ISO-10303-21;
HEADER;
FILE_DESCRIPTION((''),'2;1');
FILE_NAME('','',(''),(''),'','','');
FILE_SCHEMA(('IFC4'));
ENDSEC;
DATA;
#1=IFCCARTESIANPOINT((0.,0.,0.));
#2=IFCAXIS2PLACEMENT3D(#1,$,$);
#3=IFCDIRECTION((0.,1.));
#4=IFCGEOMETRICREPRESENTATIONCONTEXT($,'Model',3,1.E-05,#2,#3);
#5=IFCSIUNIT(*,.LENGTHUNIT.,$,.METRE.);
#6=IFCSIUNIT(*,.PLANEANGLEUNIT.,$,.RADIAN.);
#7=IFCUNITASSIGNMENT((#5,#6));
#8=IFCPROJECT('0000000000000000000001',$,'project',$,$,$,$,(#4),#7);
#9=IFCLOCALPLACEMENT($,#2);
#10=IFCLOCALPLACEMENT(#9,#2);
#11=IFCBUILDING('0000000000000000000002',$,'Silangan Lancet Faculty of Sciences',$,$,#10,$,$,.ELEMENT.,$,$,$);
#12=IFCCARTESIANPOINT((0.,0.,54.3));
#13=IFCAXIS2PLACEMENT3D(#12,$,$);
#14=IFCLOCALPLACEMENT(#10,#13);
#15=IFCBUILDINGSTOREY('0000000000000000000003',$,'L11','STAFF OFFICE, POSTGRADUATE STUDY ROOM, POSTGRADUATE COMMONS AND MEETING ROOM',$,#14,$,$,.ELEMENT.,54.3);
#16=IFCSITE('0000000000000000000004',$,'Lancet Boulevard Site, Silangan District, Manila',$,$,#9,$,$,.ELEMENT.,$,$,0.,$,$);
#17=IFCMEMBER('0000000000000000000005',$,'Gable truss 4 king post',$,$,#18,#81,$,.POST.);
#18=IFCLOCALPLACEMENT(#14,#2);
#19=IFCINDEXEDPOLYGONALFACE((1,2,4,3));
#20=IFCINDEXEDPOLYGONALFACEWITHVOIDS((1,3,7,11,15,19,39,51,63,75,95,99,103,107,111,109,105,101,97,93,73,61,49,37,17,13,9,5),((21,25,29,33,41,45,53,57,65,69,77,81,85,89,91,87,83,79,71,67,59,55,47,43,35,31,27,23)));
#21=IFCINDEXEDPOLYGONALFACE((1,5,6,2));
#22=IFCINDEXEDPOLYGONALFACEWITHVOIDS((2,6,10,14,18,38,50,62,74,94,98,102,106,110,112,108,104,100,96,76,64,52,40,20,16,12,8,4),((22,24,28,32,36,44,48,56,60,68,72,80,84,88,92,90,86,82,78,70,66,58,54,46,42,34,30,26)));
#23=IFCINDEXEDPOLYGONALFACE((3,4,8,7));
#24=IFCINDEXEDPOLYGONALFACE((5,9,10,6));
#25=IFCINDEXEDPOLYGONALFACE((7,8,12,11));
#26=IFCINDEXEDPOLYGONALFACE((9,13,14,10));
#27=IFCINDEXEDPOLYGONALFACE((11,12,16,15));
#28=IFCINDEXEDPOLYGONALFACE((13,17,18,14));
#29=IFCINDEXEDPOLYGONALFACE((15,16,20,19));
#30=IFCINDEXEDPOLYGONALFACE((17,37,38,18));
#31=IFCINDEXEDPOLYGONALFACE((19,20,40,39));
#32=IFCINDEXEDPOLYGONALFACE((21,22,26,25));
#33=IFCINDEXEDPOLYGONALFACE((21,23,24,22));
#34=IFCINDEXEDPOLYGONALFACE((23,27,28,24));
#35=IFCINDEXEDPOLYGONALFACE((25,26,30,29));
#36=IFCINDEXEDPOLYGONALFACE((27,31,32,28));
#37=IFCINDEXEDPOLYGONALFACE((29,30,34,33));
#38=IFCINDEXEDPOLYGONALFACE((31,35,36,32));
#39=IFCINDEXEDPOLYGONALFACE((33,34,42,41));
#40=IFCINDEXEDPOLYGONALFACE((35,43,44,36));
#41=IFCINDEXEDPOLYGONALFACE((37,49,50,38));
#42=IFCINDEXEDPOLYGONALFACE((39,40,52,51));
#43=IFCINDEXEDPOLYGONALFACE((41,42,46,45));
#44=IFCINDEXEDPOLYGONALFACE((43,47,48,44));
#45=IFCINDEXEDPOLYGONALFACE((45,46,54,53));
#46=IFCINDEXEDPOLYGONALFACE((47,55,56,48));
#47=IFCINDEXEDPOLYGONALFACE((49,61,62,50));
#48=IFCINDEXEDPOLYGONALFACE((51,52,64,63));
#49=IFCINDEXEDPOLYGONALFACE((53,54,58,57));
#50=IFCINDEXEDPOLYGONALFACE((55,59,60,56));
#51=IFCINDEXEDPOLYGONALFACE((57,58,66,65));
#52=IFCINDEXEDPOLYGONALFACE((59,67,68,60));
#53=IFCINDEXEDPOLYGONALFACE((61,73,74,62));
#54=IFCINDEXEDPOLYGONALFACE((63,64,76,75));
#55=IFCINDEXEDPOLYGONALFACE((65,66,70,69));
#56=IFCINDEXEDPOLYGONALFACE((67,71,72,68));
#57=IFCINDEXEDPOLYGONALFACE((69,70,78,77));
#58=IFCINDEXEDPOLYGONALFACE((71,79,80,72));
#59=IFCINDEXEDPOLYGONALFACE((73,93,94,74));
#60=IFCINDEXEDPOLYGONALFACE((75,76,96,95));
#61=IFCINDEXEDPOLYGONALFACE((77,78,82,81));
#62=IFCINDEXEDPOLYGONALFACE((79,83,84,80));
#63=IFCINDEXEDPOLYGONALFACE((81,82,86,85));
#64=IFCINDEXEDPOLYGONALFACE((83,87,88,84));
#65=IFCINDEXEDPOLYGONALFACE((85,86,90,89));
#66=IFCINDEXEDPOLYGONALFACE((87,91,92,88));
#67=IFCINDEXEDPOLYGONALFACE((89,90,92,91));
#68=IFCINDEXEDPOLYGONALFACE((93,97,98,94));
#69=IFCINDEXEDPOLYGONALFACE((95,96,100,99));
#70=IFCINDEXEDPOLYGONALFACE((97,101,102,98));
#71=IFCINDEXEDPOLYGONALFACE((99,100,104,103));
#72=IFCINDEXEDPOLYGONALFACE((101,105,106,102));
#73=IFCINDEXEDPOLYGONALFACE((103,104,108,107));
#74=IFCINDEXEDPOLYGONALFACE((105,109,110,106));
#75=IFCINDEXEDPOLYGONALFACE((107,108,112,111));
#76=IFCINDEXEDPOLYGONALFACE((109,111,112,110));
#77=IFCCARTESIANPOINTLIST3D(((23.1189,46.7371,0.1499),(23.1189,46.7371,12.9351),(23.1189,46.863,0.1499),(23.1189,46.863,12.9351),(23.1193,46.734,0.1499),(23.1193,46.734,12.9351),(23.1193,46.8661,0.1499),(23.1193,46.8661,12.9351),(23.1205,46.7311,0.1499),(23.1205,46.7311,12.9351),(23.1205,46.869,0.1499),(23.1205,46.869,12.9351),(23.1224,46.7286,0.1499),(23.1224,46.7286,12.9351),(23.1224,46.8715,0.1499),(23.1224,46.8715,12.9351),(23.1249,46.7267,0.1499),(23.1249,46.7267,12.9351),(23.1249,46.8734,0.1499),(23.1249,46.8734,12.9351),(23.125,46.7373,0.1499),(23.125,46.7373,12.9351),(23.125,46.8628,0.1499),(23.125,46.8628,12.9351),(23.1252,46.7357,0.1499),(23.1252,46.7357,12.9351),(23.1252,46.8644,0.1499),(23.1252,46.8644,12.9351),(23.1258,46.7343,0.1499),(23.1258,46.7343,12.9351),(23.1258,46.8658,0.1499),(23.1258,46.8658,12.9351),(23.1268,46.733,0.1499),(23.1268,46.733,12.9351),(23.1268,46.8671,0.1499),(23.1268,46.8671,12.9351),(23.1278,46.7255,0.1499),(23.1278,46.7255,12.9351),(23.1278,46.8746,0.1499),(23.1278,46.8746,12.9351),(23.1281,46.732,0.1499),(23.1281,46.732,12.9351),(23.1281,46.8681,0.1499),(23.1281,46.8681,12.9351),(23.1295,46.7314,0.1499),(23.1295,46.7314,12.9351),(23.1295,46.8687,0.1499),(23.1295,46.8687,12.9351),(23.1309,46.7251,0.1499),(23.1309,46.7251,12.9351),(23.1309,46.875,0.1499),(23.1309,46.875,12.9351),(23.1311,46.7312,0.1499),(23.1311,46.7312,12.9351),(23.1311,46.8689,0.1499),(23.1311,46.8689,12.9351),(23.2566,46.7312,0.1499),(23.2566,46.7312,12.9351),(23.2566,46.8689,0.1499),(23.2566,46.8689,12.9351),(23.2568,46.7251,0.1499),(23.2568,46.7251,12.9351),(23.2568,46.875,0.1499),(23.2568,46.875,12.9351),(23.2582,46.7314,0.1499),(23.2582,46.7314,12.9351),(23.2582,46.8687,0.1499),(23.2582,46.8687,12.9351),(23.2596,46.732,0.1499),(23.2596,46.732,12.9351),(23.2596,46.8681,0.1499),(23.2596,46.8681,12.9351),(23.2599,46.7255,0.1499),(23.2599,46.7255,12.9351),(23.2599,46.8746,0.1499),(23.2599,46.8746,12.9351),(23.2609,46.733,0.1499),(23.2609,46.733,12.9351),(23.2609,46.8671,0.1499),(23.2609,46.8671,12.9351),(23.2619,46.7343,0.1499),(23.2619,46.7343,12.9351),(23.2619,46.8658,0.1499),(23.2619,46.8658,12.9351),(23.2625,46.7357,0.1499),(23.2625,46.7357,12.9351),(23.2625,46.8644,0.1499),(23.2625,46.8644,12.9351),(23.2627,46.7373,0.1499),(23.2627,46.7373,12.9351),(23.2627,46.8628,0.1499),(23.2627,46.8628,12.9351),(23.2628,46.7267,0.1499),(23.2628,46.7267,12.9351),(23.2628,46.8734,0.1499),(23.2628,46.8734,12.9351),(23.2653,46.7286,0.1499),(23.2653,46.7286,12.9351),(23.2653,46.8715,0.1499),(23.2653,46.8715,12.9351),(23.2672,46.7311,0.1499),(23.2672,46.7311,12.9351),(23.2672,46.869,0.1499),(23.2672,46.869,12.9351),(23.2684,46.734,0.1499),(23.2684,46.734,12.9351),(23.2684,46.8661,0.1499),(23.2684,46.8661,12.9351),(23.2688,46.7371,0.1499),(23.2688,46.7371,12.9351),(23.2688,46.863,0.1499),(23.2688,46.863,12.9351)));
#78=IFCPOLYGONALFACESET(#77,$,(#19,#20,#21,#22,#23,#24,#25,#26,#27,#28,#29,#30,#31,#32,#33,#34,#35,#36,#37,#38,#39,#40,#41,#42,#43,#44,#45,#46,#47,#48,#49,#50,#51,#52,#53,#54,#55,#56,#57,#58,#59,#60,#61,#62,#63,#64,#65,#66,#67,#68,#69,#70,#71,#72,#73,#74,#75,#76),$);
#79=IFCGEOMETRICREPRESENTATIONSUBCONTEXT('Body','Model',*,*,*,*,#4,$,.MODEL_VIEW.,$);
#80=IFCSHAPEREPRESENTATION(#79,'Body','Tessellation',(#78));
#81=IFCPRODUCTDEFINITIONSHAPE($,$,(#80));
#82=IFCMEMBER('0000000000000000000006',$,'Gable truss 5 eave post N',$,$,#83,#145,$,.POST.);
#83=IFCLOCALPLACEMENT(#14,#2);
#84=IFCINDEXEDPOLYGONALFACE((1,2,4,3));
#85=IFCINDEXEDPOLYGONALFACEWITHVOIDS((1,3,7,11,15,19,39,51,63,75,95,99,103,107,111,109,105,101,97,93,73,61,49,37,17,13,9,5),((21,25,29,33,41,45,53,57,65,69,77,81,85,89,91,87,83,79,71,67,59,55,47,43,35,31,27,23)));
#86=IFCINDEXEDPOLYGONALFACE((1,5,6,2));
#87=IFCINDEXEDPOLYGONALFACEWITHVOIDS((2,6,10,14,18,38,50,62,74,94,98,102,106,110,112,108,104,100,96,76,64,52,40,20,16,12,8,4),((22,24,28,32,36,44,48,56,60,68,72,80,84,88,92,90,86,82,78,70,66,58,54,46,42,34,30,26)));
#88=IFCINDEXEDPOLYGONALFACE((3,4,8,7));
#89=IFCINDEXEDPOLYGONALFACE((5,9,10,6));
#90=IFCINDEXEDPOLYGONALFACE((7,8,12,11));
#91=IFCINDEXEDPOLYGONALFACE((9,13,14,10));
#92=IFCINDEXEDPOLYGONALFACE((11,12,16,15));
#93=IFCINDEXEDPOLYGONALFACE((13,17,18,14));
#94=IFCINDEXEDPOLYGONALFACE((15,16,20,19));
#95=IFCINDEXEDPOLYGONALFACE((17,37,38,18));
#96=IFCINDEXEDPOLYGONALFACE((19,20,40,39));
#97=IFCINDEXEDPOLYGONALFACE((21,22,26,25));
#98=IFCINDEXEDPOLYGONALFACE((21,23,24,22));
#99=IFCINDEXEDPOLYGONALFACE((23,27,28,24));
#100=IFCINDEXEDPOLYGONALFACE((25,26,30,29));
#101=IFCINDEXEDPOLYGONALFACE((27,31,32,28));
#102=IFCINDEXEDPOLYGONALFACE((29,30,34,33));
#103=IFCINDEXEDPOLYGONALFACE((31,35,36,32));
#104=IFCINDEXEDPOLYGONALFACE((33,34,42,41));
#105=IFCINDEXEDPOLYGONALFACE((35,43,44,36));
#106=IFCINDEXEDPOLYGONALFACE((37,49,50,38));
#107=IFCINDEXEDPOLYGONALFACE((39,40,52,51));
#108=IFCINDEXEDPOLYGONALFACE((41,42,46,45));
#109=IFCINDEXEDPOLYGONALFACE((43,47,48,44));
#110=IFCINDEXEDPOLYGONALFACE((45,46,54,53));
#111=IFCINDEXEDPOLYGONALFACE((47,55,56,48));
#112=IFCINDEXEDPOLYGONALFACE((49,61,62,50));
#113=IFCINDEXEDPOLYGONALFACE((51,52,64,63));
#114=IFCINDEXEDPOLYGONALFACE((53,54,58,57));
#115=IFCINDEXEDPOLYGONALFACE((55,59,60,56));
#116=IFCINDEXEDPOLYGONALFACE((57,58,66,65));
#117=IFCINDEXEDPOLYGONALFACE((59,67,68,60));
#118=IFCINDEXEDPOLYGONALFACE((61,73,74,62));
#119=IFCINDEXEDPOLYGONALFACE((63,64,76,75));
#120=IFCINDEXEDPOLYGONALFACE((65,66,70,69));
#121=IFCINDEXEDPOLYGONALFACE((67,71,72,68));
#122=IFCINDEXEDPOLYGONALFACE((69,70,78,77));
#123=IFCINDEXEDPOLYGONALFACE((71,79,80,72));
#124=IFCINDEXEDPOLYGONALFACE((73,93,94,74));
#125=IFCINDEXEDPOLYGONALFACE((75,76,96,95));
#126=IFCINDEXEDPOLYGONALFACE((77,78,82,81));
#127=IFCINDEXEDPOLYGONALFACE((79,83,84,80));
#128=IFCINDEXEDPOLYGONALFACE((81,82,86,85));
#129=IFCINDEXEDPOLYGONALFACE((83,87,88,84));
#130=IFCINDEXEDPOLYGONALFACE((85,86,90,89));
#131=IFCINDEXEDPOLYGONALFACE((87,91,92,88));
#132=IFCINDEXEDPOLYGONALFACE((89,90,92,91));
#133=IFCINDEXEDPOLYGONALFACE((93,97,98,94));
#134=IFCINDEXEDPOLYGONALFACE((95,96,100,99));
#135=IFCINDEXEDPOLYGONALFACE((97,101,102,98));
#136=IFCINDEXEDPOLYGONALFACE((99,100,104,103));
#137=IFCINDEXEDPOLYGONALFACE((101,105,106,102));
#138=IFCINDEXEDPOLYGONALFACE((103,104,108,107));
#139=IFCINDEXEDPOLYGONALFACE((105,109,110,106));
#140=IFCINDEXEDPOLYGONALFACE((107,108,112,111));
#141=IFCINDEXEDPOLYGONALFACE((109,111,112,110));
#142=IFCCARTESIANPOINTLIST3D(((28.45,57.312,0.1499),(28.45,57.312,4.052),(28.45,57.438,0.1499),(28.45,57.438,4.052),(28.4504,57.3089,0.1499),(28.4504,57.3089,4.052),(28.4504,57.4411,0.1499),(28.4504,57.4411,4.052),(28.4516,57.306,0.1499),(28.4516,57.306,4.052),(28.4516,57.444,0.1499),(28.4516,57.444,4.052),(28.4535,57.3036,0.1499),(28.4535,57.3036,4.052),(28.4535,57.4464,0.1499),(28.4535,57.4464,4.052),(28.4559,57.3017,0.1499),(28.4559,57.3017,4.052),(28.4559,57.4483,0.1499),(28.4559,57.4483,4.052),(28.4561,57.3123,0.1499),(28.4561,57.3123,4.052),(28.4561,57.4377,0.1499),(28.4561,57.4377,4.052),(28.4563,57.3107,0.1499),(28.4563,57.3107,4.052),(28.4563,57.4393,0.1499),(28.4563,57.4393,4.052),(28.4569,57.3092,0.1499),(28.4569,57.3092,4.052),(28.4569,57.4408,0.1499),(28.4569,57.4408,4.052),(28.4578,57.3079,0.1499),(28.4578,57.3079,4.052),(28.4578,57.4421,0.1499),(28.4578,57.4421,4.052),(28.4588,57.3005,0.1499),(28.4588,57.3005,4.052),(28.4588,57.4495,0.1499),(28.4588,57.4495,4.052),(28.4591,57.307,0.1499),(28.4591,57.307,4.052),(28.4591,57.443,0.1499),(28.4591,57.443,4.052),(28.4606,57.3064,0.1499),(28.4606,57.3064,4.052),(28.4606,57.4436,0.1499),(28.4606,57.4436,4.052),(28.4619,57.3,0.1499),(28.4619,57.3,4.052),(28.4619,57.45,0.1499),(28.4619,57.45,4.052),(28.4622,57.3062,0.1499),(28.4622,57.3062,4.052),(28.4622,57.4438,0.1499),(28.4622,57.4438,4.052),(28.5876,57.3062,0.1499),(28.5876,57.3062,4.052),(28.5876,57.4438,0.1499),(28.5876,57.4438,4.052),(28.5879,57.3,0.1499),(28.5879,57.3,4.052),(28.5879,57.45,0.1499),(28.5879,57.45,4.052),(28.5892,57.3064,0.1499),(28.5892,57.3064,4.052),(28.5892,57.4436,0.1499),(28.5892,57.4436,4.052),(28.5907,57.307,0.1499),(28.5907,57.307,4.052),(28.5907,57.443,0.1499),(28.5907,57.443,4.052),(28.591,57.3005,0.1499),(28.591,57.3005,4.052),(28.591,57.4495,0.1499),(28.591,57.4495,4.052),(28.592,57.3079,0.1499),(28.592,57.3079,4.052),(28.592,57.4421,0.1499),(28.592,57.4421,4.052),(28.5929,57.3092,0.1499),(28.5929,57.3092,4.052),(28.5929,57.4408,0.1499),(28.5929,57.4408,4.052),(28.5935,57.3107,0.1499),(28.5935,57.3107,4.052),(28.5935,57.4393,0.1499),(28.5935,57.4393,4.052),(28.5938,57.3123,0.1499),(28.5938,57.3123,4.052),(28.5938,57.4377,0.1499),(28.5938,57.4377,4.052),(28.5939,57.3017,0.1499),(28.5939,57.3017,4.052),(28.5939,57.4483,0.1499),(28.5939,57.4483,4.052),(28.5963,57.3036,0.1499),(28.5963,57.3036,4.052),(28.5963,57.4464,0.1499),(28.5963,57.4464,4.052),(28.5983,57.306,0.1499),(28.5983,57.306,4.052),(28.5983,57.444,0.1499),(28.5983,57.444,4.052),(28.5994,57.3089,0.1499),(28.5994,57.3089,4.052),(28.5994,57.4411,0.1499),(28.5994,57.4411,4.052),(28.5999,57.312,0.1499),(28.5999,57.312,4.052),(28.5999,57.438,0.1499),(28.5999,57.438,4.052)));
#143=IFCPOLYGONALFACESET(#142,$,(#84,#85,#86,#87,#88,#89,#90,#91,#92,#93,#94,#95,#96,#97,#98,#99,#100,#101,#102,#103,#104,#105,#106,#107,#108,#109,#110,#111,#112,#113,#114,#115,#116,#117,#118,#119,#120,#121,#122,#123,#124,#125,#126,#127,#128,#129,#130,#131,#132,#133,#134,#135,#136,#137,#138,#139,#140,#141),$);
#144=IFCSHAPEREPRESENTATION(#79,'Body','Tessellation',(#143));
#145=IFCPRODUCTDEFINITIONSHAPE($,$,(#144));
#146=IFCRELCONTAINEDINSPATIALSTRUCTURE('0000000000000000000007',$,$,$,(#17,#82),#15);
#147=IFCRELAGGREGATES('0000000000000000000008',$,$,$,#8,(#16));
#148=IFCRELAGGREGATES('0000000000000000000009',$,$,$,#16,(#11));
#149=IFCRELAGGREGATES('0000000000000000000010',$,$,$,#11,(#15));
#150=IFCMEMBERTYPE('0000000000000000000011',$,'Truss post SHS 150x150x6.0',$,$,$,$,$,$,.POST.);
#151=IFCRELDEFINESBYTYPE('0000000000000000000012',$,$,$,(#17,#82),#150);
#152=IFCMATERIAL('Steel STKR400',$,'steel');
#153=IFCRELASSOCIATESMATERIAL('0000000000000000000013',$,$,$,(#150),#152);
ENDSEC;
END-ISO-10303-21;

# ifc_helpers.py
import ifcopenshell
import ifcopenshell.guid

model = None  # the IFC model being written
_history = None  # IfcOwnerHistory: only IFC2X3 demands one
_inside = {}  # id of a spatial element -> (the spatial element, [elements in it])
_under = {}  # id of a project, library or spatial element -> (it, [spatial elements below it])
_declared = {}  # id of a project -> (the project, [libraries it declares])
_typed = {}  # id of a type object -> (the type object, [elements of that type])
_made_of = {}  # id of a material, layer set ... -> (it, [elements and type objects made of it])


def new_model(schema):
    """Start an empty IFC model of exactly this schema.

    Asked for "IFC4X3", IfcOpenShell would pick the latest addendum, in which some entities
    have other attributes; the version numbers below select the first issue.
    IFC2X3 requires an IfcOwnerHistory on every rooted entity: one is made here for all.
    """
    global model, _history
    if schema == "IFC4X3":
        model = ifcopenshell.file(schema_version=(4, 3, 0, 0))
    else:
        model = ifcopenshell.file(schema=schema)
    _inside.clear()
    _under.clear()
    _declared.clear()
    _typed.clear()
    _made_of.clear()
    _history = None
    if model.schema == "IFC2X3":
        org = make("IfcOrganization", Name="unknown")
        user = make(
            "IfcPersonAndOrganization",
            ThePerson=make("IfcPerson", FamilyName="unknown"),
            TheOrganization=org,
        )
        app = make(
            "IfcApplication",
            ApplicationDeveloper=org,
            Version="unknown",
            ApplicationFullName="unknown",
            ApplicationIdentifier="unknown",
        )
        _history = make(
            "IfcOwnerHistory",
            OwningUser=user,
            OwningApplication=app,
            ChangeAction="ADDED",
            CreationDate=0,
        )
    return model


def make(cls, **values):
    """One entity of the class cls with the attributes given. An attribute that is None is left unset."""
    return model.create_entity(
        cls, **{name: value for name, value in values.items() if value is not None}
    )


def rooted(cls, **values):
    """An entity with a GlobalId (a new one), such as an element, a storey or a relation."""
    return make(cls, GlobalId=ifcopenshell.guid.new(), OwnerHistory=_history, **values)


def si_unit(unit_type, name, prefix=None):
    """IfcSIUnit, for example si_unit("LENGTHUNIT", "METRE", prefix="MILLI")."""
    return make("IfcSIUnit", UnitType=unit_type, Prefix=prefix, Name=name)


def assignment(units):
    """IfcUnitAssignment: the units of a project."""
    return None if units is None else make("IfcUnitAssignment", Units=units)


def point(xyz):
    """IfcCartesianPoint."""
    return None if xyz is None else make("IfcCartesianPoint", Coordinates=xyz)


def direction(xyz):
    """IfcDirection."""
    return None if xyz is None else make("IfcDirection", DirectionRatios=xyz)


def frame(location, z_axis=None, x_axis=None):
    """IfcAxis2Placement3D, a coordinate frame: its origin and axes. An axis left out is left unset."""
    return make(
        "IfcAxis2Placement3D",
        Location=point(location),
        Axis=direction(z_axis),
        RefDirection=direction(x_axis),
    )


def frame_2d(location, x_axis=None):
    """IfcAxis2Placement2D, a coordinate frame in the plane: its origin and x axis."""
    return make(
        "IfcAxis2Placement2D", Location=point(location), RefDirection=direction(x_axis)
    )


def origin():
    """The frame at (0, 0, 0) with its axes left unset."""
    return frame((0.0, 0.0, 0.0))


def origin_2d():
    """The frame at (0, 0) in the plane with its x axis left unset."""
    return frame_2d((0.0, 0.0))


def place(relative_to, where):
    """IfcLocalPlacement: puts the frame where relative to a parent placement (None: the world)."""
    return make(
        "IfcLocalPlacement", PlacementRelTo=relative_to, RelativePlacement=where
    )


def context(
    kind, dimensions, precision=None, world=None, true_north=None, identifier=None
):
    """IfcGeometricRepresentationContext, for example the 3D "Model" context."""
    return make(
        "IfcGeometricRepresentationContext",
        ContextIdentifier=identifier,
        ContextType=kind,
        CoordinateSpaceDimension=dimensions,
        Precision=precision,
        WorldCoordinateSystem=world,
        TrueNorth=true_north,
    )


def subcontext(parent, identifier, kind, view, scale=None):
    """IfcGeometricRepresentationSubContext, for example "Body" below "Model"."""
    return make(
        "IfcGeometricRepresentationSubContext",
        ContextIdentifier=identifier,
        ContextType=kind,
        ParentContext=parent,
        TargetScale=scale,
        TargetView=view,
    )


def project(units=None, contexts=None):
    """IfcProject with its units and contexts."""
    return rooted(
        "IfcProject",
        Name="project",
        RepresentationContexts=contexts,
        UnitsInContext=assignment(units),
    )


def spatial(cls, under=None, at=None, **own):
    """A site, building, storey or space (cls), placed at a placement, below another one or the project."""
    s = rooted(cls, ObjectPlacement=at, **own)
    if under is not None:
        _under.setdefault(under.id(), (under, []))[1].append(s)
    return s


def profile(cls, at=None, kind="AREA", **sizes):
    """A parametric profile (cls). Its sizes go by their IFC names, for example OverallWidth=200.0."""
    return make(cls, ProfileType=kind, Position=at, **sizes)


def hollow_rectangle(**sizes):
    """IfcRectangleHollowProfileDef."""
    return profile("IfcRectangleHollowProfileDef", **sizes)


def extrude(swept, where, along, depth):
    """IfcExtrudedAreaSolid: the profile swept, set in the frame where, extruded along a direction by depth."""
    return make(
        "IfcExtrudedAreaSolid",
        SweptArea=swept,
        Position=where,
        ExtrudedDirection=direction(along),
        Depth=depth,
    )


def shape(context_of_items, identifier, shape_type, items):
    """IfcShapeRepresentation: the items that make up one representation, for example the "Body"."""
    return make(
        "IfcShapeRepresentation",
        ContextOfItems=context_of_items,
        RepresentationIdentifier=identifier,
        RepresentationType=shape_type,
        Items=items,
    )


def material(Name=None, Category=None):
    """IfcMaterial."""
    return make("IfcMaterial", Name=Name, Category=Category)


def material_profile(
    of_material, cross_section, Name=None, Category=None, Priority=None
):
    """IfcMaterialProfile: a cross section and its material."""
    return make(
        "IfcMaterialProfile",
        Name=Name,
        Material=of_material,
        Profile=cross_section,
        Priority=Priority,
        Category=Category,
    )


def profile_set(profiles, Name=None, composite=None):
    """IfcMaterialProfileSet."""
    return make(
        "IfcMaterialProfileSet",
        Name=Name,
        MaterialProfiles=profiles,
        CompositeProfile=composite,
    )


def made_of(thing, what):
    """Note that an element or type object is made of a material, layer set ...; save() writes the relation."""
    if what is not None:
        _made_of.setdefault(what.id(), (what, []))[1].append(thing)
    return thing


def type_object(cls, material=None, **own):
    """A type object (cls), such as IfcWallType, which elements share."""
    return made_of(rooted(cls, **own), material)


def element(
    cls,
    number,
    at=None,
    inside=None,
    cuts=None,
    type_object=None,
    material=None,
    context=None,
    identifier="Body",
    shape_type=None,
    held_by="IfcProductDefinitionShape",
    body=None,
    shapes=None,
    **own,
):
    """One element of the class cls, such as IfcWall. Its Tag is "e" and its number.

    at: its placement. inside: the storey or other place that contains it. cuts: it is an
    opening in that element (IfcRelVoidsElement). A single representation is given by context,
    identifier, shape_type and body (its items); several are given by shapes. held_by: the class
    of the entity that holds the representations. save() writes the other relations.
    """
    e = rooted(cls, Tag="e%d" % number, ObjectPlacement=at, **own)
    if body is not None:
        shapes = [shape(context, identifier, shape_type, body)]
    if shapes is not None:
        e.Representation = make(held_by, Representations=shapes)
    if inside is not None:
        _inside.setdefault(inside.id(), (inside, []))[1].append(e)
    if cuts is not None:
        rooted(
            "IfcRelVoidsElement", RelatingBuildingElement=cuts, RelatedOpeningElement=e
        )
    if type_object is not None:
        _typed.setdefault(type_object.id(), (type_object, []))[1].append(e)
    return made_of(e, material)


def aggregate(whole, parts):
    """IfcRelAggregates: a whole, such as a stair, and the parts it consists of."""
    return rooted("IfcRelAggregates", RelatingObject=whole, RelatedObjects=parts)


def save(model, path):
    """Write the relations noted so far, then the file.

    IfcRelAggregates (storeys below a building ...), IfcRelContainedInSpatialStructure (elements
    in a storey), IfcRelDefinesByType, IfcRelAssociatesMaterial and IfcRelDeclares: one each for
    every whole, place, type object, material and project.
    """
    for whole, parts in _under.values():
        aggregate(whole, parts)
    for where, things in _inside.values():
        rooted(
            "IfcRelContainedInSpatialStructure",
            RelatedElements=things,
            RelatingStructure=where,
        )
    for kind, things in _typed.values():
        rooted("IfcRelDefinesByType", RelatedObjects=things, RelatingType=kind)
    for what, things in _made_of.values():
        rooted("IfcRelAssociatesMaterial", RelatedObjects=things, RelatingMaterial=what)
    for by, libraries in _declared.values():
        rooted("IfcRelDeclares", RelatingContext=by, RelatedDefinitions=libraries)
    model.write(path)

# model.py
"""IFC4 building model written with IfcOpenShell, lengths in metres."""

from ifc_helpers import new_model, si_unit, direction, frame, origin, origin_2d, place, context, subcontext, project, spatial, hollow_rectangle, extrude, material, material_profile, profile_set, type_object, element, save


model = new_model("IFC4")

# Units and contexts
model_context = context("Model", 3, precision=1e-05, world=origin(), true_north=direction((0.0, 1.0)))
body_context = subcontext(model_context, "Body", "Model", "MODEL_VIEW")
ifc_project = project(units=[si_unit("LENGTHUNIT", "METRE"), si_unit("PLANEANGLEUNIT", "RADIAN")], contexts=[model_context])

# Site, building, storey
site_placement = place(None, origin())
site = spatial("IfcSite", under=ifc_project, at=site_placement, Name="Lancet Boulevard Site, Silangan District, Manila", CompositionType="ELEMENT", RefElevation=0.0)
building_placement = place(site_placement, origin())
building = spatial("IfcBuilding", under=site, at=building_placement, Name="Silangan Lancet Faculty of Sciences", CompositionType="ELEMENT")
storey_placement = place(building_placement, frame((0.0, 0.0, 54.3)))
storey = spatial("IfcBuildingStorey", under=building, at=storey_placement, Name="L11", Description="STAFF OFFICE, POSTGRADUATE STUDY ROOM, POSTGRADUATE COMMONS AND MEETING ROOM", CompositionType="ELEMENT", Elevation=54.3)

# Members
ifc_material_1 = material(Name="Steel STKR400", Category="steel")
ifc_material_profile_1 = material_profile(ifc_material_1, hollow_rectangle(XDim=0.1499, YDim=0.1499, WallThickness=0.0061, InnerFilletRadius=0.0061, OuterFilletRadius=0.012, at=origin_2d()), Name="SHS 150x150x6.0")
ifc_profile_set_1 = profile_set([ifc_material_profile_1], Name="Steel STKR400")
member_type_1 = type_object("IfcMemberType", Name="Truss post SHS 150x150x6.0", PredefinedType="POST", material=ifc_profile_set_1)
member_1_placement = place(storey_placement, frame((23.1938, 46.8, 0.1499), z_axis=(0.0, 0.0, 1.0), x_axis=(1.0, 0.0, 0.0)))
element("IfcMember", 1, at=member_1_placement, inside=storey, type_object=member_type_1, Name="Gable truss 4 king post", PredefinedType="POST", context=body_context, shape_type="SweptSolid", body=[
    extrude(hollow_rectangle(XDim=0.1499, YDim=0.1499, WallThickness=0.0061, InnerFilletRadius=0.0061, OuterFilletRadius=0.012, at=origin_2d()), origin(), (0.0, 0.0, 1.0), 12.7852),
])
member_2_placement = place(storey_placement, frame((28.5249, 57.375, 0.1499), z_axis=(0.0, 0.0, 1.0), x_axis=(1.0, 0.0, 0.0)))
element("IfcMember", 2, at=member_2_placement, inside=storey, type_object=member_type_1, Name="Gable truss 5 eave post N", PredefinedType="POST", context=body_context, shape_type="SweptSolid", body=[
    extrude(hollow_rectangle(XDim=0.1499, YDim=0.1499, WallThickness=0.0061, InnerFilletRadius=0.0061, OuterFilletRadius=0.012, at=origin_2d()), origin(), (0.0, 0.0, 1.0), 3.9021),
])

save(model, "model.ifc")
